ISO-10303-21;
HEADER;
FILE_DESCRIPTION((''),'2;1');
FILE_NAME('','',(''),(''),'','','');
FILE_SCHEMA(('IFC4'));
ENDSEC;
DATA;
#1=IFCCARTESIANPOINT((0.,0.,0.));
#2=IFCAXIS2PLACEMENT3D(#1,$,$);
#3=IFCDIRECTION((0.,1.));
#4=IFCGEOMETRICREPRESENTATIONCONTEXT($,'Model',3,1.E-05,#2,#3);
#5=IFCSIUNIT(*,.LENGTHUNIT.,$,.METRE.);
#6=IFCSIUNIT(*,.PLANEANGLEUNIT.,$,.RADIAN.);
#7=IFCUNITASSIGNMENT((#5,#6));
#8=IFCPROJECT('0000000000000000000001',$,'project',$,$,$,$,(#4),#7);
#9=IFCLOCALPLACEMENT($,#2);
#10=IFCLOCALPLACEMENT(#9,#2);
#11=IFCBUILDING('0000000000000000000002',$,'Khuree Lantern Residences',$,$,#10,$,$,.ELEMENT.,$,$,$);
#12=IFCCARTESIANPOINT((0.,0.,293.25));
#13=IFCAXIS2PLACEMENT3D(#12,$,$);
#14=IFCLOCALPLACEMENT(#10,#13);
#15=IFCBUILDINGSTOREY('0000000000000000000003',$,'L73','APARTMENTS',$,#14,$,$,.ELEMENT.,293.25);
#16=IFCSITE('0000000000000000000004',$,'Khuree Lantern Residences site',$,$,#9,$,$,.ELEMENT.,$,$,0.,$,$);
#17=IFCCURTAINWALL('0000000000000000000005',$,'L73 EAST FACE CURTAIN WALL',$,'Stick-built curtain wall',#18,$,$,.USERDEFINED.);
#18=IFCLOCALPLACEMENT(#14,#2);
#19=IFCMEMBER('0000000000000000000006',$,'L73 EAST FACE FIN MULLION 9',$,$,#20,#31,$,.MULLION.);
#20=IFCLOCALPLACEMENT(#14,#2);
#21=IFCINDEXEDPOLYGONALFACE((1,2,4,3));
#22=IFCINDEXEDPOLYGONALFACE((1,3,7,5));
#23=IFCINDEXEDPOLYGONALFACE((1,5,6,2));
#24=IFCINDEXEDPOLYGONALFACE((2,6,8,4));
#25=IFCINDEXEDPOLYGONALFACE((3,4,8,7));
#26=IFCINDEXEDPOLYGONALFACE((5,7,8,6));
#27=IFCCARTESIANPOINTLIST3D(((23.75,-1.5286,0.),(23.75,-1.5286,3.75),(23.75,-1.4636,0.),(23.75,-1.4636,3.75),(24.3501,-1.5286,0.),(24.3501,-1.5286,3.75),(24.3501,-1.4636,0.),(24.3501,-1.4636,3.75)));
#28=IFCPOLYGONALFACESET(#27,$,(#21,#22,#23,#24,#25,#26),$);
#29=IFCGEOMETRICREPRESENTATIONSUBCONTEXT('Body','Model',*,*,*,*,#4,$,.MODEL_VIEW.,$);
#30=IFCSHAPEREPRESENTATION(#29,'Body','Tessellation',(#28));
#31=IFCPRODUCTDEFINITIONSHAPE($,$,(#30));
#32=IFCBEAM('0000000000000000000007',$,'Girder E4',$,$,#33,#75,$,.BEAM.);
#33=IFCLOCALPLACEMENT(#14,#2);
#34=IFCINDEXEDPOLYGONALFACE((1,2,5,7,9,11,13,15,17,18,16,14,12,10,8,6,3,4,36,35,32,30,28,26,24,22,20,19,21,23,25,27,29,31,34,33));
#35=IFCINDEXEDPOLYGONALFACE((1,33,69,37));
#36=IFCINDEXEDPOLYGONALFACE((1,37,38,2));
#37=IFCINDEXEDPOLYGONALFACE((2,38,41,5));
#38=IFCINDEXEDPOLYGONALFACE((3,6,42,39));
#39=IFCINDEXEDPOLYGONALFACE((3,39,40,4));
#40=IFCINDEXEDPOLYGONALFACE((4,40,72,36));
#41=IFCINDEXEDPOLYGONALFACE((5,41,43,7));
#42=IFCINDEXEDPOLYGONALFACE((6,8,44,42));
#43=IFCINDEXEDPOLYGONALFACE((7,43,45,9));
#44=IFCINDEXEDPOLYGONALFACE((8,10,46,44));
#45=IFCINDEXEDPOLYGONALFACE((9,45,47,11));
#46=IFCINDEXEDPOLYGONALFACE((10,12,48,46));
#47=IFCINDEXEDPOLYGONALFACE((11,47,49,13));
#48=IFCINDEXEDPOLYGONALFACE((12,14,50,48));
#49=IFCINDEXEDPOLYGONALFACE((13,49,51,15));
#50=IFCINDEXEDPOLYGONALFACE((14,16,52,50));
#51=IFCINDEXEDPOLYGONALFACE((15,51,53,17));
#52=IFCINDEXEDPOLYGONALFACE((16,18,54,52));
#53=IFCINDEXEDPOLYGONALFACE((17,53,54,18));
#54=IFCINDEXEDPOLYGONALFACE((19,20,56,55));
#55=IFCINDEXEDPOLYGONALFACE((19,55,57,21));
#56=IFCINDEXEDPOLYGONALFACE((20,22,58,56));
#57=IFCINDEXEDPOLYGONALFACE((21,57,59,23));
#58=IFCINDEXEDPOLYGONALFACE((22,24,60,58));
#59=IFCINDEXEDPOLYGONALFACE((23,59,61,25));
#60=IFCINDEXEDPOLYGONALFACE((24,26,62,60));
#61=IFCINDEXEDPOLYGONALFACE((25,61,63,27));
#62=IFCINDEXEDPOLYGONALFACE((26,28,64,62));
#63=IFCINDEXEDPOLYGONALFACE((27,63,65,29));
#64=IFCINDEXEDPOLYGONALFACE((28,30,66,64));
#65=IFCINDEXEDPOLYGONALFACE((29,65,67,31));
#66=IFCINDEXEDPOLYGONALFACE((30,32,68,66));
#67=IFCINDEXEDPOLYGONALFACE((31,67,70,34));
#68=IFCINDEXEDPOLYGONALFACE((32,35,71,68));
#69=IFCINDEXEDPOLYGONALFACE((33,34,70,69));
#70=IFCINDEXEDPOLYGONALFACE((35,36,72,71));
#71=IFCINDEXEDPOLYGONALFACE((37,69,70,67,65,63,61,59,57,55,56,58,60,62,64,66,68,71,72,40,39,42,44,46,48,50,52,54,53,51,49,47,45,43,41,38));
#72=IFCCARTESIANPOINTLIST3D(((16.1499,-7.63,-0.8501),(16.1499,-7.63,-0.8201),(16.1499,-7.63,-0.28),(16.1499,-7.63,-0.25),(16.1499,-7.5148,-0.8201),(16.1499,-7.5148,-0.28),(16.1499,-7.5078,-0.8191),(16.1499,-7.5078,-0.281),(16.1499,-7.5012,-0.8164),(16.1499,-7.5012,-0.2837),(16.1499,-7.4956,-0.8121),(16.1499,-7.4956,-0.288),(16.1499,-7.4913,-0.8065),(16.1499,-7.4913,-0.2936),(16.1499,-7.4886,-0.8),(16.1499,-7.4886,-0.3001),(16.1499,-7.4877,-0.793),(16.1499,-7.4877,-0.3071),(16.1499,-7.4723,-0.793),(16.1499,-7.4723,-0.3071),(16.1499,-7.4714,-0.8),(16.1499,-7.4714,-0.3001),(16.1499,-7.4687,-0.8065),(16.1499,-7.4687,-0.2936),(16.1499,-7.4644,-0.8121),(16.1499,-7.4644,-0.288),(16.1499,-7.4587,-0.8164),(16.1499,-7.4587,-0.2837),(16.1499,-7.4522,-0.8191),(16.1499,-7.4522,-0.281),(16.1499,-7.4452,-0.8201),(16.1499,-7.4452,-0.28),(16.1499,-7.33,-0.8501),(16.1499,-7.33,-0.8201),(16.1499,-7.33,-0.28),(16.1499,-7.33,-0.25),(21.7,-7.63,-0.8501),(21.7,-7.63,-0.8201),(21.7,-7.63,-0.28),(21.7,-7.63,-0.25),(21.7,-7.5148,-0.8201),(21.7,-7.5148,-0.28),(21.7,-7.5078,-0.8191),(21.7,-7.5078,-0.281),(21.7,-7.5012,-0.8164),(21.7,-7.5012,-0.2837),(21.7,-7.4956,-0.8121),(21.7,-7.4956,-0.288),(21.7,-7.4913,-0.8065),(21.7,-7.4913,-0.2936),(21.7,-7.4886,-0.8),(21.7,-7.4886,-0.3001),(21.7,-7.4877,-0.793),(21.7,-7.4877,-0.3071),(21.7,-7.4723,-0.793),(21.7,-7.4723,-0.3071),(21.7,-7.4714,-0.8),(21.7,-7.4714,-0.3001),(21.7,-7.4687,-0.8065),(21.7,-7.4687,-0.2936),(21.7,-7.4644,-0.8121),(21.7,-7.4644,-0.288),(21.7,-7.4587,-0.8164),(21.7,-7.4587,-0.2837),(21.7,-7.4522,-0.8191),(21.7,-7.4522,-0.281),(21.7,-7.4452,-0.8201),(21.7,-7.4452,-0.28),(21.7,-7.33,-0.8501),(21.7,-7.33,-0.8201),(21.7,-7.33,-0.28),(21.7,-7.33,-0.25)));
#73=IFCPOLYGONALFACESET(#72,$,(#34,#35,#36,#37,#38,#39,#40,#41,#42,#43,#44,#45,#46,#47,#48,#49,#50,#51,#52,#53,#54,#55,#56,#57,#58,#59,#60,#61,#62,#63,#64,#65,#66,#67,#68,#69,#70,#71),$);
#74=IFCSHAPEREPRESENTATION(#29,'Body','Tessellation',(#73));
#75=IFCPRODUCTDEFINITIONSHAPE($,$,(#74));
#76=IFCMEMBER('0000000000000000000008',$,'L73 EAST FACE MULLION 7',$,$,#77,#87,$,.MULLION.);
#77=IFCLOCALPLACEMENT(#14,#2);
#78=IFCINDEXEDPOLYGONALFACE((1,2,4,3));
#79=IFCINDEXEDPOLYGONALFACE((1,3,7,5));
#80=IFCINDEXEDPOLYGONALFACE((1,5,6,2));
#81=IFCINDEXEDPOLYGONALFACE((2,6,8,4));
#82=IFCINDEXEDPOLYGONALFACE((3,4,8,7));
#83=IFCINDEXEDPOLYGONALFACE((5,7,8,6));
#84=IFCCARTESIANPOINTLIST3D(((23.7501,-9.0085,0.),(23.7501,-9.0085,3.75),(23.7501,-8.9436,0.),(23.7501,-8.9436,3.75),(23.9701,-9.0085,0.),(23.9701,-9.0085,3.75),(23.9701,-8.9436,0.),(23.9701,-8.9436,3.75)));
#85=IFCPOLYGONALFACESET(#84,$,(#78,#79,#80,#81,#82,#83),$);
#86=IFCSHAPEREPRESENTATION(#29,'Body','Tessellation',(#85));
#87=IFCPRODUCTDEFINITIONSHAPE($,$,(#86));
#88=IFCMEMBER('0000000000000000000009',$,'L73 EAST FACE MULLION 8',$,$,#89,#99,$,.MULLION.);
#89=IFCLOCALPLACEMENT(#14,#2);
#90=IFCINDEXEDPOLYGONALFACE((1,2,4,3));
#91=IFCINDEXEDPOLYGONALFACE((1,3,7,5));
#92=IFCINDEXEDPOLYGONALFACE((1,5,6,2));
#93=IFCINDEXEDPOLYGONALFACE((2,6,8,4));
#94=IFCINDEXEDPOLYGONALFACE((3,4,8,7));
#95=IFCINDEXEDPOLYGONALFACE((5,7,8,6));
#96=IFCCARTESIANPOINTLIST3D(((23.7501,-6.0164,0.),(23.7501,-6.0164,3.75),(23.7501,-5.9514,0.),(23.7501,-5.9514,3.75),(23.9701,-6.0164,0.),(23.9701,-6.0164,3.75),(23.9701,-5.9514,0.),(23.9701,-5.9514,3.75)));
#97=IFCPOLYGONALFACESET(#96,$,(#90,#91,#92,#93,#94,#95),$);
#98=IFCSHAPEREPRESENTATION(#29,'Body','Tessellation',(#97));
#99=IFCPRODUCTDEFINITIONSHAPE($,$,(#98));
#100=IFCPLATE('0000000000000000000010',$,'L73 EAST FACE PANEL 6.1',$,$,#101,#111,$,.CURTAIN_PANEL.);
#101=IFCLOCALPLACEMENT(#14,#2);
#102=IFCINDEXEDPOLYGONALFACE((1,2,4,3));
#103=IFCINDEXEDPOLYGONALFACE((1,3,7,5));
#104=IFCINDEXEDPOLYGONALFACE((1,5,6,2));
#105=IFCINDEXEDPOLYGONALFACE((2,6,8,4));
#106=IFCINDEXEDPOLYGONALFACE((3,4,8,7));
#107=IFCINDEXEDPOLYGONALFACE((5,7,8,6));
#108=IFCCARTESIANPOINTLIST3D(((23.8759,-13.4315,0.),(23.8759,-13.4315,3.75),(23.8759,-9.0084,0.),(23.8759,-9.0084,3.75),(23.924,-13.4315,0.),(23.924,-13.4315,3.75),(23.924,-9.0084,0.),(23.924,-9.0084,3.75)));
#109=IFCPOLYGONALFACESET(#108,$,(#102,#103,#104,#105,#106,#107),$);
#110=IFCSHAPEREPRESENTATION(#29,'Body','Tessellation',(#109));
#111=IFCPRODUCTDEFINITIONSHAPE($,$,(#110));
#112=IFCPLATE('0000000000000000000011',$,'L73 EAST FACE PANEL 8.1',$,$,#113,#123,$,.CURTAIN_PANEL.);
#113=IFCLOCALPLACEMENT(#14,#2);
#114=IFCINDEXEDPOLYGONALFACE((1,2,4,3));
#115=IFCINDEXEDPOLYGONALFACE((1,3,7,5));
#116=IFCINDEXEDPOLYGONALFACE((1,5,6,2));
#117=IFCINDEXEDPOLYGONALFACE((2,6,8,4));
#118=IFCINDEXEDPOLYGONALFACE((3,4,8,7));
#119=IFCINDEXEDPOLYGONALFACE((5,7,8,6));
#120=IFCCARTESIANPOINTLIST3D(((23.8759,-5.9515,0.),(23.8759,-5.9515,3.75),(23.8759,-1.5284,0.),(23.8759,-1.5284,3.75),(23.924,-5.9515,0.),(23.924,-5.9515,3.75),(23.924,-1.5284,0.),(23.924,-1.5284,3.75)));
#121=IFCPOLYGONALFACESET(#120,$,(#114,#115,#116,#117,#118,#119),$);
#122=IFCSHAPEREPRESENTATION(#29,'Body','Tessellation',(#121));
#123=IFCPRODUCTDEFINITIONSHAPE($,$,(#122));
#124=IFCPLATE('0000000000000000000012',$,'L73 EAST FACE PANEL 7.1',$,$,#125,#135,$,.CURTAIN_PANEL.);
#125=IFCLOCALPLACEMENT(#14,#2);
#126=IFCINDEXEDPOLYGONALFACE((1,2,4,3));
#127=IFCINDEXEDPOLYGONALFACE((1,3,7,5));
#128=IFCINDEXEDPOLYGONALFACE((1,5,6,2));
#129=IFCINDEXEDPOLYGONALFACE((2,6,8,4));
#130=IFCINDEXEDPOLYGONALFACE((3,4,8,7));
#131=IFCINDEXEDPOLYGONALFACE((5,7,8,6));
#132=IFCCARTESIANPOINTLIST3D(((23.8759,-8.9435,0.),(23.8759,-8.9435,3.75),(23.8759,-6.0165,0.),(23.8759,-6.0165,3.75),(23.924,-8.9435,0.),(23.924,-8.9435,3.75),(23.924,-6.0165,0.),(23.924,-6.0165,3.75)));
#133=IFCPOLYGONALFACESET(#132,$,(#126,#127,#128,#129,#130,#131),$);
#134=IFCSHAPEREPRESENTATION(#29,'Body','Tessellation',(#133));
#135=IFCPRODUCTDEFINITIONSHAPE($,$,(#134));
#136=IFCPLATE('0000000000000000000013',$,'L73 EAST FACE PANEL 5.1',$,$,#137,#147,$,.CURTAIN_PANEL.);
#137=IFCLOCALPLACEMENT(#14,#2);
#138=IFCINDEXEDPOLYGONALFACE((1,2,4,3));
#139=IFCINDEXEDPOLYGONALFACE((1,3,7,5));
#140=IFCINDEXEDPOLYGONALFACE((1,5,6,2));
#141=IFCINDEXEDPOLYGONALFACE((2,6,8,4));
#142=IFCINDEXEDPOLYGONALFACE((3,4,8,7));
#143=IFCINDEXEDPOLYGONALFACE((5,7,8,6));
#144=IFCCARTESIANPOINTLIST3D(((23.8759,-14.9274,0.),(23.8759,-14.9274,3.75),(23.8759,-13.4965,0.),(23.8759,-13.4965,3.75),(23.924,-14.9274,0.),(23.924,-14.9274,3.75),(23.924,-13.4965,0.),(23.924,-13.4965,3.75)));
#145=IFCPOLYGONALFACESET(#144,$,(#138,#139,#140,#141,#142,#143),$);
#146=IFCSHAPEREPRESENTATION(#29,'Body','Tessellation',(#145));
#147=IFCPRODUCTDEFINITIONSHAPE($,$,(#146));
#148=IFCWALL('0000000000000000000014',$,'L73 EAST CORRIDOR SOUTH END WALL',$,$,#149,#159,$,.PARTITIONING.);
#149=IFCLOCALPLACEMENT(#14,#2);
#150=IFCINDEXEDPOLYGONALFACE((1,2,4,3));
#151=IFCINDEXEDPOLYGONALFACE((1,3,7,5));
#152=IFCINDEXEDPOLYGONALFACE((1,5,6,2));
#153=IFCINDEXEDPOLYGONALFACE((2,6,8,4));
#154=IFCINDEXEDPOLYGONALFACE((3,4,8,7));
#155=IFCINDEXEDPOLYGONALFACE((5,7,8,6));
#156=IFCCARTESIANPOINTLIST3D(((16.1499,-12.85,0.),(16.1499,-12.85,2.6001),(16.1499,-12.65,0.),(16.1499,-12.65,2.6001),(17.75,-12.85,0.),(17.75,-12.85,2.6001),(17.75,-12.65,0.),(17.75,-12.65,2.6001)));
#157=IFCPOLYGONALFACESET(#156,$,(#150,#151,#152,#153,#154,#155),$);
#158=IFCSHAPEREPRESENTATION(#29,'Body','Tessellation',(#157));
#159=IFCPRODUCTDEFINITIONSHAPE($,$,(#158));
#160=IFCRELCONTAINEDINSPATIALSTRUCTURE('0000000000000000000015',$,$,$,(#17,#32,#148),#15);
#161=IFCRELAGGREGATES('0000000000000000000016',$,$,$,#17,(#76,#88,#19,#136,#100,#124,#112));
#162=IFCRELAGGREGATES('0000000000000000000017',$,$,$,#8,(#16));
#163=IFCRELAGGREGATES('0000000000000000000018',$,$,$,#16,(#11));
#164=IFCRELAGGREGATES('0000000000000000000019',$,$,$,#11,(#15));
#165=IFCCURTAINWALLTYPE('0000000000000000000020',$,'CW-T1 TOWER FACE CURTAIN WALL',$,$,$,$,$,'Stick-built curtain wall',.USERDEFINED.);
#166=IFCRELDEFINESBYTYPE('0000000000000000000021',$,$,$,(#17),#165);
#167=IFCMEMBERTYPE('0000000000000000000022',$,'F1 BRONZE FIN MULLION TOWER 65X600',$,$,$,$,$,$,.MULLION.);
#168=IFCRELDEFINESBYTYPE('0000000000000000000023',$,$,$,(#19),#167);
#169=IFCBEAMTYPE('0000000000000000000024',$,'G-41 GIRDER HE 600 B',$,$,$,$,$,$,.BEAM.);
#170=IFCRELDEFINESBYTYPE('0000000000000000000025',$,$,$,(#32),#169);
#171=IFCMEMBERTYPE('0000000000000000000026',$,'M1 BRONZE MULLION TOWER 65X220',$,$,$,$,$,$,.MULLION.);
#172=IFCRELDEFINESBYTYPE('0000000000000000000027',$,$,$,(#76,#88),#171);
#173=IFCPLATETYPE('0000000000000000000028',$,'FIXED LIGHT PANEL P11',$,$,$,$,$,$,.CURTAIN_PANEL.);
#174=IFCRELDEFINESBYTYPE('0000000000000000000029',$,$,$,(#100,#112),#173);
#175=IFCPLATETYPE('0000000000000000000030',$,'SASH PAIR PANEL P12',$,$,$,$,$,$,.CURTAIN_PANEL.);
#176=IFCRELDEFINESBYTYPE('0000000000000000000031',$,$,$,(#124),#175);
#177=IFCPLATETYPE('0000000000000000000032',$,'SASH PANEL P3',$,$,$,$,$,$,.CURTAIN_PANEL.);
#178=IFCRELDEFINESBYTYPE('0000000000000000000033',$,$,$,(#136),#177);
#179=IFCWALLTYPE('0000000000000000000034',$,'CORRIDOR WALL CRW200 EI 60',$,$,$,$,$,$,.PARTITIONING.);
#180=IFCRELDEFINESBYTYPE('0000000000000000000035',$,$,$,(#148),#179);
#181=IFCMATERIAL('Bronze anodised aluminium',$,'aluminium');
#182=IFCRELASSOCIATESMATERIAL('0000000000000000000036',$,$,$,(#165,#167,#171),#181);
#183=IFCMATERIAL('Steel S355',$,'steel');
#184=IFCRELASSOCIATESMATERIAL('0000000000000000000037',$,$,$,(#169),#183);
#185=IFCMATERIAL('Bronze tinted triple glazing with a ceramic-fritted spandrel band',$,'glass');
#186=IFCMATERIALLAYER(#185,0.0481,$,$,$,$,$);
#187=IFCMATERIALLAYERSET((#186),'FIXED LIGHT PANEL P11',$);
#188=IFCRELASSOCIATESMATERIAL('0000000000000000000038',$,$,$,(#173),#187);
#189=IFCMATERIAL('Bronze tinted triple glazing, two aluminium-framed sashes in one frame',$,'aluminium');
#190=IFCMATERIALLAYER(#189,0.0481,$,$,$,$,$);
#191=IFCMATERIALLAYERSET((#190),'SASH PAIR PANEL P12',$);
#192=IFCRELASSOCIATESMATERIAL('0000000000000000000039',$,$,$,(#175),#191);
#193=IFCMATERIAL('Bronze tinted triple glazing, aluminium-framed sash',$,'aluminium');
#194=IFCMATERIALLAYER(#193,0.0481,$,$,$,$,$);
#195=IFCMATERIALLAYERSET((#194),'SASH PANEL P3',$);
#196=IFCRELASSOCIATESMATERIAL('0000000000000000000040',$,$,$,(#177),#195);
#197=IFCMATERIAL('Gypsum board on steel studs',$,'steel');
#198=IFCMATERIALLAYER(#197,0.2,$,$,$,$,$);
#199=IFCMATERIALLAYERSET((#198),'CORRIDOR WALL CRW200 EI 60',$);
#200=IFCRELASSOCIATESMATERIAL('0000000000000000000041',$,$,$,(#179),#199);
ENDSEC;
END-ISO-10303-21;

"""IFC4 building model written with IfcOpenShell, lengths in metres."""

from ifc_helpers import new_model, si_unit, direction, frame, frame_2d, origin, origin_2d, place, context, subcontext, project, spatial, rectangle, i_section, extrude, material, layer, layer_set, material_profile, profile_set, type_object, element, aggregate, save


model = new_model("IFC4")

# Units and contexts
model_context = context("Model", 3, precision=1e-05, world=origin(), true_north=direction((0.0, 1.0)))
body_context = subcontext(model_context, "Body", "Model", "MODEL_VIEW")
ifc_project = project(units=[si_unit("LENGTHUNIT", "METRE"), si_unit("PLANEANGLEUNIT", "RADIAN")], contexts=[model_context])

# Site, building, storey
site_placement = place(None, origin())
site = spatial("IfcSite", under=ifc_project, at=site_placement, Name="Khuree Lantern Residences site", CompositionType="ELEMENT", RefElevation=0.0)
building_placement = place(site_placement, origin())
building = spatial("IfcBuilding", under=site, at=building_placement, Name="Khuree Lantern Residences", CompositionType="ELEMENT")
storey_placement = place(building_placement, frame((0.0, 0.0, 293.25)))
storey = spatial("IfcBuildingStorey", under=building, at=storey_placement, Name="L73", Description="APARTMENTS", CompositionType="ELEMENT", Elevation=293.25)

# Shared definitions
ifc_material_1 = material(Name="Steel S355", Category="steel")

# Curtain wall, member
ifc_material_2 = material(Name="Bronze anodised aluminium", Category="aluminium")
curtain_wall_type = type_object("IfcCurtainWallType", Name="CW-T1 TOWER FACE CURTAIN WALL", ElementType="Stick-built curtain wall", PredefinedType="USERDEFINED", material=ifc_material_2)
curtain_wall_placement = place(storey_placement, origin())
curtain_wall = element("IfcCurtainWall", 1, at=curtain_wall_placement, inside=storey, type_object=curtain_wall_type, Name="L73 EAST FACE CURTAIN WALL", ObjectType="Stick-built curtain wall", PredefinedType="USERDEFINED")
ifc_material_profile_1 = material_profile(ifc_material_2, rectangle(XDim=0.0649, YDim=0.6001, at=origin_2d()), Name="F1 65X600")
ifc_profile_set_1 = profile_set([ifc_material_profile_1], Name="Bronze anodised aluminium")
member_type_1 = type_object("IfcMemberType", Name="F1 BRONZE FIN MULLION TOWER 65X600", PredefinedType="MULLION", material=ifc_profile_set_1)
member_1_placement = place(storey_placement, frame((24.05, -1.4961, 0.0), z_axis=(0.0, 0.0, 1.0), x_axis=(0.0, 1.0, 0.0)))
member_1 = element("IfcMember", 2, at=member_1_placement, type_object=member_type_1, Name="L73 EAST FACE FIN MULLION 9", PredefinedType="MULLION", context=body_context, shape_type="SweptSolid", body=[
    extrude(rectangle(XDim=0.0649, YDim=0.6001, at=origin_2d()), origin(), (0.0, 0.0, 1.0), 3.75),
])

# Beam
ifc_material_profile_2 = material_profile(ifc_material_1, i_section(OverallWidth=0.3, OverallDepth=0.6001, WebThickness=0.0154, FlangeThickness=0.03, FilletRadius=0.0271, at=origin_2d()), Name="HE 600 B")
ifc_profile_set_2 = profile_set([ifc_material_profile_2], Name="Steel S355")
beam_type_1 = type_object("IfcBeamType", Name="G-41 GIRDER HE 600 B", PredefinedType="BEAM", material=ifc_profile_set_2)
beam_1_placement = place(storey_placement, frame((21.7, -7.48, -0.55), z_axis=(-1.0, 0.0, 0.0), x_axis=(0.0, -1.0, 0.0)))
element("IfcBeam", 3, at=beam_1_placement, inside=storey, type_object=beam_type_1, Name="Girder E4", PredefinedType="BEAM", context=body_context, shape_type="SweptSolid", body=[
    extrude(i_section(OverallWidth=0.3, OverallDepth=0.6001, WebThickness=0.0154, FlangeThickness=0.03, FilletRadius=0.0271, at=origin_2d()), origin(), (0.0, 0.0, 1.0), 5.55),
])

# Members
ifc_material_profile_3 = material_profile(ifc_material_2, rectangle(XDim=0.0649, YDim=0.22, at=origin_2d()), Name="M1 65X220")
ifc_profile_set_3 = profile_set([ifc_material_profile_3], Name="Bronze anodised aluminium")
member_type_2 = type_object("IfcMemberType", Name="M1 BRONZE MULLION TOWER 65X220", PredefinedType="MULLION", material=ifc_profile_set_3)
member_2_placement = place(storey_placement, frame((23.8601, -8.9761, 0.0), z_axis=(0.0, 0.0, 1.0), x_axis=(0.0, 1.0, 0.0)))
member_2 = element("IfcMember", 4, at=member_2_placement, type_object=member_type_2, Name="L73 EAST FACE MULLION 7", PredefinedType="MULLION", context=body_context, shape_type="SweptSolid", body=[
    extrude(rectangle(XDim=0.0649, YDim=0.22, at=origin_2d()), origin(), (0.0, 0.0, 1.0), 3.75),
])
member_3_placement = place(storey_placement, frame((23.8601, -5.9839, 0.0), z_axis=(0.0, 0.0, 1.0), x_axis=(0.0, 1.0, 0.0)))
member_3 = element("IfcMember", 5, at=member_3_placement, type_object=member_type_2, Name="L73 EAST FACE MULLION 8", PredefinedType="MULLION", context=body_context, shape_type="SweptSolid", body=[
    extrude(rectangle(XDim=0.0649, YDim=0.22, at=origin_2d()), origin(), (0.0, 0.0, 1.0), 3.75),
])

# Plates
ifc_material_3 = material(Name="Bronze tinted triple glazing with a ceramic-fritted spandrel band", Category="glass")
ifc_layer_1 = layer(ifc_material_3, 0.0481)
ifc_layer_set_1 = layer_set([ifc_layer_1], Name="FIXED LIGHT PANEL P11")
plate_type_1 = type_object("IfcPlateType", Name="FIXED LIGHT PANEL P11", PredefinedType="CURTAIN_PANEL", material=ifc_layer_set_1)
plate_1_placement = place(storey_placement, frame((23.8999, -11.22, 0.0), z_axis=(0.0, 0.0, 1.0), x_axis=(0.0, 1.0, 0.0)))
plate_1 = element("IfcPlate", 6, at=plate_1_placement, type_object=plate_type_1, Name="L73 EAST FACE PANEL 6.1", PredefinedType="CURTAIN_PANEL", context=body_context, shape_type="SweptSolid", body=[
    extrude(rectangle(XDim=4.4231, YDim=0.0481, at=origin_2d()), origin(), (0.0, 0.0, 1.0), 3.75),
])
plate_2_placement = place(storey_placement, frame((23.8999, -3.74, 0.0), z_axis=(0.0, 0.0, 1.0), x_axis=(0.0, 1.0, 0.0)))
plate_2 = element("IfcPlate", 7, at=plate_2_placement, type_object=plate_type_1, Name="L73 EAST FACE PANEL 8.1", PredefinedType="CURTAIN_PANEL", context=body_context, shape_type="SweptSolid", body=[
    extrude(rectangle(XDim=4.4231, YDim=0.0481, at=origin_2d()), origin(), (0.0, 0.0, 1.0), 3.75),
])
ifc_material_4 = material(Name="Bronze tinted triple glazing, two aluminium-framed sashes in one frame", Category="aluminium")
ifc_layer_2 = layer(ifc_material_4, 0.0481)
ifc_layer_set_2 = layer_set([ifc_layer_2], Name="SASH PAIR PANEL P12")
plate_type_2 = type_object("IfcPlateType", Name="SASH PAIR PANEL P12", PredefinedType="CURTAIN_PANEL", material=ifc_layer_set_2)
plate_3_placement = place(storey_placement, frame((23.8999, -7.48, 0.0), z_axis=(0.0, 0.0, 1.0), x_axis=(0.0, 1.0, 0.0)))
plate_3 = element("IfcPlate", 8, at=plate_3_placement, type_object=plate_type_2, Name="L73 EAST FACE PANEL 7.1", PredefinedType="CURTAIN_PANEL", context=body_context, shape_type="SweptSolid", body=[
    extrude(rectangle(XDim=2.927, YDim=0.0481, at=origin_2d()), origin(), (0.0, 0.0, 1.0), 3.75),
])
ifc_material_5 = material(Name="Bronze tinted triple glazing, aluminium-framed sash", Category="aluminium")
ifc_layer_3 = layer(ifc_material_5, 0.0481)
ifc_layer_set_3 = layer_set([ifc_layer_3], Name="SASH PANEL P3")
plate_type_3 = type_object("IfcPlateType", Name="SASH PANEL P3", PredefinedType="CURTAIN_PANEL", material=ifc_layer_set_3)
plate_4_placement = place(storey_placement, frame((23.8999, -14.2119, 0.0), z_axis=(0.0, 0.0, 1.0), x_axis=(0.0, 1.0, 0.0)))
plate_4 = element("IfcPlate", 9, at=plate_4_placement, type_object=plate_type_3, Name="L73 EAST FACE PANEL 5.1", PredefinedType="CURTAIN_PANEL", context=body_context, shape_type="SweptSolid", body=[
    extrude(rectangle(XDim=1.4309, YDim=0.0481, at=origin_2d()), origin(), (0.0, 0.0, 1.0), 3.75),
])
aggregate(curtain_wall, [member_2, member_3, member_1, plate_4, plate_1, plate_3, plate_2])

# Wall
ifc_material_6 = material(Name="Gypsum board on steel studs", Category="steel")
ifc_layer_4 = layer(ifc_material_6, 0.2)
ifc_layer_set_4 = layer_set([ifc_layer_4], Name="CORRIDOR WALL CRW200 EI 60")
wall_type_1 = type_object("IfcWallType", Name="CORRIDOR WALL CRW200 EI 60", PredefinedType="PARTITIONING", material=ifc_layer_set_4)
wall_1_placement = place(storey_placement, frame((16.1499, -12.75, 0.0), z_axis=(0.0, 0.0, 1.0), x_axis=(1.0, 0.0, 0.0)))
element("IfcWall", 10, at=wall_1_placement, inside=storey, type_object=wall_type_1, Name="L73 EAST CORRIDOR SOUTH END WALL", PredefinedType="PARTITIONING", context=body_context, shape_type="SweptSolid", body=[
    extrude(rectangle(XDim=1.6001, YDim=0.2, at=frame_2d((0.8, 0.0))), origin(), (0.0, 0.0, 1.0), 2.6001),
])

save(model, "model.ifc")
